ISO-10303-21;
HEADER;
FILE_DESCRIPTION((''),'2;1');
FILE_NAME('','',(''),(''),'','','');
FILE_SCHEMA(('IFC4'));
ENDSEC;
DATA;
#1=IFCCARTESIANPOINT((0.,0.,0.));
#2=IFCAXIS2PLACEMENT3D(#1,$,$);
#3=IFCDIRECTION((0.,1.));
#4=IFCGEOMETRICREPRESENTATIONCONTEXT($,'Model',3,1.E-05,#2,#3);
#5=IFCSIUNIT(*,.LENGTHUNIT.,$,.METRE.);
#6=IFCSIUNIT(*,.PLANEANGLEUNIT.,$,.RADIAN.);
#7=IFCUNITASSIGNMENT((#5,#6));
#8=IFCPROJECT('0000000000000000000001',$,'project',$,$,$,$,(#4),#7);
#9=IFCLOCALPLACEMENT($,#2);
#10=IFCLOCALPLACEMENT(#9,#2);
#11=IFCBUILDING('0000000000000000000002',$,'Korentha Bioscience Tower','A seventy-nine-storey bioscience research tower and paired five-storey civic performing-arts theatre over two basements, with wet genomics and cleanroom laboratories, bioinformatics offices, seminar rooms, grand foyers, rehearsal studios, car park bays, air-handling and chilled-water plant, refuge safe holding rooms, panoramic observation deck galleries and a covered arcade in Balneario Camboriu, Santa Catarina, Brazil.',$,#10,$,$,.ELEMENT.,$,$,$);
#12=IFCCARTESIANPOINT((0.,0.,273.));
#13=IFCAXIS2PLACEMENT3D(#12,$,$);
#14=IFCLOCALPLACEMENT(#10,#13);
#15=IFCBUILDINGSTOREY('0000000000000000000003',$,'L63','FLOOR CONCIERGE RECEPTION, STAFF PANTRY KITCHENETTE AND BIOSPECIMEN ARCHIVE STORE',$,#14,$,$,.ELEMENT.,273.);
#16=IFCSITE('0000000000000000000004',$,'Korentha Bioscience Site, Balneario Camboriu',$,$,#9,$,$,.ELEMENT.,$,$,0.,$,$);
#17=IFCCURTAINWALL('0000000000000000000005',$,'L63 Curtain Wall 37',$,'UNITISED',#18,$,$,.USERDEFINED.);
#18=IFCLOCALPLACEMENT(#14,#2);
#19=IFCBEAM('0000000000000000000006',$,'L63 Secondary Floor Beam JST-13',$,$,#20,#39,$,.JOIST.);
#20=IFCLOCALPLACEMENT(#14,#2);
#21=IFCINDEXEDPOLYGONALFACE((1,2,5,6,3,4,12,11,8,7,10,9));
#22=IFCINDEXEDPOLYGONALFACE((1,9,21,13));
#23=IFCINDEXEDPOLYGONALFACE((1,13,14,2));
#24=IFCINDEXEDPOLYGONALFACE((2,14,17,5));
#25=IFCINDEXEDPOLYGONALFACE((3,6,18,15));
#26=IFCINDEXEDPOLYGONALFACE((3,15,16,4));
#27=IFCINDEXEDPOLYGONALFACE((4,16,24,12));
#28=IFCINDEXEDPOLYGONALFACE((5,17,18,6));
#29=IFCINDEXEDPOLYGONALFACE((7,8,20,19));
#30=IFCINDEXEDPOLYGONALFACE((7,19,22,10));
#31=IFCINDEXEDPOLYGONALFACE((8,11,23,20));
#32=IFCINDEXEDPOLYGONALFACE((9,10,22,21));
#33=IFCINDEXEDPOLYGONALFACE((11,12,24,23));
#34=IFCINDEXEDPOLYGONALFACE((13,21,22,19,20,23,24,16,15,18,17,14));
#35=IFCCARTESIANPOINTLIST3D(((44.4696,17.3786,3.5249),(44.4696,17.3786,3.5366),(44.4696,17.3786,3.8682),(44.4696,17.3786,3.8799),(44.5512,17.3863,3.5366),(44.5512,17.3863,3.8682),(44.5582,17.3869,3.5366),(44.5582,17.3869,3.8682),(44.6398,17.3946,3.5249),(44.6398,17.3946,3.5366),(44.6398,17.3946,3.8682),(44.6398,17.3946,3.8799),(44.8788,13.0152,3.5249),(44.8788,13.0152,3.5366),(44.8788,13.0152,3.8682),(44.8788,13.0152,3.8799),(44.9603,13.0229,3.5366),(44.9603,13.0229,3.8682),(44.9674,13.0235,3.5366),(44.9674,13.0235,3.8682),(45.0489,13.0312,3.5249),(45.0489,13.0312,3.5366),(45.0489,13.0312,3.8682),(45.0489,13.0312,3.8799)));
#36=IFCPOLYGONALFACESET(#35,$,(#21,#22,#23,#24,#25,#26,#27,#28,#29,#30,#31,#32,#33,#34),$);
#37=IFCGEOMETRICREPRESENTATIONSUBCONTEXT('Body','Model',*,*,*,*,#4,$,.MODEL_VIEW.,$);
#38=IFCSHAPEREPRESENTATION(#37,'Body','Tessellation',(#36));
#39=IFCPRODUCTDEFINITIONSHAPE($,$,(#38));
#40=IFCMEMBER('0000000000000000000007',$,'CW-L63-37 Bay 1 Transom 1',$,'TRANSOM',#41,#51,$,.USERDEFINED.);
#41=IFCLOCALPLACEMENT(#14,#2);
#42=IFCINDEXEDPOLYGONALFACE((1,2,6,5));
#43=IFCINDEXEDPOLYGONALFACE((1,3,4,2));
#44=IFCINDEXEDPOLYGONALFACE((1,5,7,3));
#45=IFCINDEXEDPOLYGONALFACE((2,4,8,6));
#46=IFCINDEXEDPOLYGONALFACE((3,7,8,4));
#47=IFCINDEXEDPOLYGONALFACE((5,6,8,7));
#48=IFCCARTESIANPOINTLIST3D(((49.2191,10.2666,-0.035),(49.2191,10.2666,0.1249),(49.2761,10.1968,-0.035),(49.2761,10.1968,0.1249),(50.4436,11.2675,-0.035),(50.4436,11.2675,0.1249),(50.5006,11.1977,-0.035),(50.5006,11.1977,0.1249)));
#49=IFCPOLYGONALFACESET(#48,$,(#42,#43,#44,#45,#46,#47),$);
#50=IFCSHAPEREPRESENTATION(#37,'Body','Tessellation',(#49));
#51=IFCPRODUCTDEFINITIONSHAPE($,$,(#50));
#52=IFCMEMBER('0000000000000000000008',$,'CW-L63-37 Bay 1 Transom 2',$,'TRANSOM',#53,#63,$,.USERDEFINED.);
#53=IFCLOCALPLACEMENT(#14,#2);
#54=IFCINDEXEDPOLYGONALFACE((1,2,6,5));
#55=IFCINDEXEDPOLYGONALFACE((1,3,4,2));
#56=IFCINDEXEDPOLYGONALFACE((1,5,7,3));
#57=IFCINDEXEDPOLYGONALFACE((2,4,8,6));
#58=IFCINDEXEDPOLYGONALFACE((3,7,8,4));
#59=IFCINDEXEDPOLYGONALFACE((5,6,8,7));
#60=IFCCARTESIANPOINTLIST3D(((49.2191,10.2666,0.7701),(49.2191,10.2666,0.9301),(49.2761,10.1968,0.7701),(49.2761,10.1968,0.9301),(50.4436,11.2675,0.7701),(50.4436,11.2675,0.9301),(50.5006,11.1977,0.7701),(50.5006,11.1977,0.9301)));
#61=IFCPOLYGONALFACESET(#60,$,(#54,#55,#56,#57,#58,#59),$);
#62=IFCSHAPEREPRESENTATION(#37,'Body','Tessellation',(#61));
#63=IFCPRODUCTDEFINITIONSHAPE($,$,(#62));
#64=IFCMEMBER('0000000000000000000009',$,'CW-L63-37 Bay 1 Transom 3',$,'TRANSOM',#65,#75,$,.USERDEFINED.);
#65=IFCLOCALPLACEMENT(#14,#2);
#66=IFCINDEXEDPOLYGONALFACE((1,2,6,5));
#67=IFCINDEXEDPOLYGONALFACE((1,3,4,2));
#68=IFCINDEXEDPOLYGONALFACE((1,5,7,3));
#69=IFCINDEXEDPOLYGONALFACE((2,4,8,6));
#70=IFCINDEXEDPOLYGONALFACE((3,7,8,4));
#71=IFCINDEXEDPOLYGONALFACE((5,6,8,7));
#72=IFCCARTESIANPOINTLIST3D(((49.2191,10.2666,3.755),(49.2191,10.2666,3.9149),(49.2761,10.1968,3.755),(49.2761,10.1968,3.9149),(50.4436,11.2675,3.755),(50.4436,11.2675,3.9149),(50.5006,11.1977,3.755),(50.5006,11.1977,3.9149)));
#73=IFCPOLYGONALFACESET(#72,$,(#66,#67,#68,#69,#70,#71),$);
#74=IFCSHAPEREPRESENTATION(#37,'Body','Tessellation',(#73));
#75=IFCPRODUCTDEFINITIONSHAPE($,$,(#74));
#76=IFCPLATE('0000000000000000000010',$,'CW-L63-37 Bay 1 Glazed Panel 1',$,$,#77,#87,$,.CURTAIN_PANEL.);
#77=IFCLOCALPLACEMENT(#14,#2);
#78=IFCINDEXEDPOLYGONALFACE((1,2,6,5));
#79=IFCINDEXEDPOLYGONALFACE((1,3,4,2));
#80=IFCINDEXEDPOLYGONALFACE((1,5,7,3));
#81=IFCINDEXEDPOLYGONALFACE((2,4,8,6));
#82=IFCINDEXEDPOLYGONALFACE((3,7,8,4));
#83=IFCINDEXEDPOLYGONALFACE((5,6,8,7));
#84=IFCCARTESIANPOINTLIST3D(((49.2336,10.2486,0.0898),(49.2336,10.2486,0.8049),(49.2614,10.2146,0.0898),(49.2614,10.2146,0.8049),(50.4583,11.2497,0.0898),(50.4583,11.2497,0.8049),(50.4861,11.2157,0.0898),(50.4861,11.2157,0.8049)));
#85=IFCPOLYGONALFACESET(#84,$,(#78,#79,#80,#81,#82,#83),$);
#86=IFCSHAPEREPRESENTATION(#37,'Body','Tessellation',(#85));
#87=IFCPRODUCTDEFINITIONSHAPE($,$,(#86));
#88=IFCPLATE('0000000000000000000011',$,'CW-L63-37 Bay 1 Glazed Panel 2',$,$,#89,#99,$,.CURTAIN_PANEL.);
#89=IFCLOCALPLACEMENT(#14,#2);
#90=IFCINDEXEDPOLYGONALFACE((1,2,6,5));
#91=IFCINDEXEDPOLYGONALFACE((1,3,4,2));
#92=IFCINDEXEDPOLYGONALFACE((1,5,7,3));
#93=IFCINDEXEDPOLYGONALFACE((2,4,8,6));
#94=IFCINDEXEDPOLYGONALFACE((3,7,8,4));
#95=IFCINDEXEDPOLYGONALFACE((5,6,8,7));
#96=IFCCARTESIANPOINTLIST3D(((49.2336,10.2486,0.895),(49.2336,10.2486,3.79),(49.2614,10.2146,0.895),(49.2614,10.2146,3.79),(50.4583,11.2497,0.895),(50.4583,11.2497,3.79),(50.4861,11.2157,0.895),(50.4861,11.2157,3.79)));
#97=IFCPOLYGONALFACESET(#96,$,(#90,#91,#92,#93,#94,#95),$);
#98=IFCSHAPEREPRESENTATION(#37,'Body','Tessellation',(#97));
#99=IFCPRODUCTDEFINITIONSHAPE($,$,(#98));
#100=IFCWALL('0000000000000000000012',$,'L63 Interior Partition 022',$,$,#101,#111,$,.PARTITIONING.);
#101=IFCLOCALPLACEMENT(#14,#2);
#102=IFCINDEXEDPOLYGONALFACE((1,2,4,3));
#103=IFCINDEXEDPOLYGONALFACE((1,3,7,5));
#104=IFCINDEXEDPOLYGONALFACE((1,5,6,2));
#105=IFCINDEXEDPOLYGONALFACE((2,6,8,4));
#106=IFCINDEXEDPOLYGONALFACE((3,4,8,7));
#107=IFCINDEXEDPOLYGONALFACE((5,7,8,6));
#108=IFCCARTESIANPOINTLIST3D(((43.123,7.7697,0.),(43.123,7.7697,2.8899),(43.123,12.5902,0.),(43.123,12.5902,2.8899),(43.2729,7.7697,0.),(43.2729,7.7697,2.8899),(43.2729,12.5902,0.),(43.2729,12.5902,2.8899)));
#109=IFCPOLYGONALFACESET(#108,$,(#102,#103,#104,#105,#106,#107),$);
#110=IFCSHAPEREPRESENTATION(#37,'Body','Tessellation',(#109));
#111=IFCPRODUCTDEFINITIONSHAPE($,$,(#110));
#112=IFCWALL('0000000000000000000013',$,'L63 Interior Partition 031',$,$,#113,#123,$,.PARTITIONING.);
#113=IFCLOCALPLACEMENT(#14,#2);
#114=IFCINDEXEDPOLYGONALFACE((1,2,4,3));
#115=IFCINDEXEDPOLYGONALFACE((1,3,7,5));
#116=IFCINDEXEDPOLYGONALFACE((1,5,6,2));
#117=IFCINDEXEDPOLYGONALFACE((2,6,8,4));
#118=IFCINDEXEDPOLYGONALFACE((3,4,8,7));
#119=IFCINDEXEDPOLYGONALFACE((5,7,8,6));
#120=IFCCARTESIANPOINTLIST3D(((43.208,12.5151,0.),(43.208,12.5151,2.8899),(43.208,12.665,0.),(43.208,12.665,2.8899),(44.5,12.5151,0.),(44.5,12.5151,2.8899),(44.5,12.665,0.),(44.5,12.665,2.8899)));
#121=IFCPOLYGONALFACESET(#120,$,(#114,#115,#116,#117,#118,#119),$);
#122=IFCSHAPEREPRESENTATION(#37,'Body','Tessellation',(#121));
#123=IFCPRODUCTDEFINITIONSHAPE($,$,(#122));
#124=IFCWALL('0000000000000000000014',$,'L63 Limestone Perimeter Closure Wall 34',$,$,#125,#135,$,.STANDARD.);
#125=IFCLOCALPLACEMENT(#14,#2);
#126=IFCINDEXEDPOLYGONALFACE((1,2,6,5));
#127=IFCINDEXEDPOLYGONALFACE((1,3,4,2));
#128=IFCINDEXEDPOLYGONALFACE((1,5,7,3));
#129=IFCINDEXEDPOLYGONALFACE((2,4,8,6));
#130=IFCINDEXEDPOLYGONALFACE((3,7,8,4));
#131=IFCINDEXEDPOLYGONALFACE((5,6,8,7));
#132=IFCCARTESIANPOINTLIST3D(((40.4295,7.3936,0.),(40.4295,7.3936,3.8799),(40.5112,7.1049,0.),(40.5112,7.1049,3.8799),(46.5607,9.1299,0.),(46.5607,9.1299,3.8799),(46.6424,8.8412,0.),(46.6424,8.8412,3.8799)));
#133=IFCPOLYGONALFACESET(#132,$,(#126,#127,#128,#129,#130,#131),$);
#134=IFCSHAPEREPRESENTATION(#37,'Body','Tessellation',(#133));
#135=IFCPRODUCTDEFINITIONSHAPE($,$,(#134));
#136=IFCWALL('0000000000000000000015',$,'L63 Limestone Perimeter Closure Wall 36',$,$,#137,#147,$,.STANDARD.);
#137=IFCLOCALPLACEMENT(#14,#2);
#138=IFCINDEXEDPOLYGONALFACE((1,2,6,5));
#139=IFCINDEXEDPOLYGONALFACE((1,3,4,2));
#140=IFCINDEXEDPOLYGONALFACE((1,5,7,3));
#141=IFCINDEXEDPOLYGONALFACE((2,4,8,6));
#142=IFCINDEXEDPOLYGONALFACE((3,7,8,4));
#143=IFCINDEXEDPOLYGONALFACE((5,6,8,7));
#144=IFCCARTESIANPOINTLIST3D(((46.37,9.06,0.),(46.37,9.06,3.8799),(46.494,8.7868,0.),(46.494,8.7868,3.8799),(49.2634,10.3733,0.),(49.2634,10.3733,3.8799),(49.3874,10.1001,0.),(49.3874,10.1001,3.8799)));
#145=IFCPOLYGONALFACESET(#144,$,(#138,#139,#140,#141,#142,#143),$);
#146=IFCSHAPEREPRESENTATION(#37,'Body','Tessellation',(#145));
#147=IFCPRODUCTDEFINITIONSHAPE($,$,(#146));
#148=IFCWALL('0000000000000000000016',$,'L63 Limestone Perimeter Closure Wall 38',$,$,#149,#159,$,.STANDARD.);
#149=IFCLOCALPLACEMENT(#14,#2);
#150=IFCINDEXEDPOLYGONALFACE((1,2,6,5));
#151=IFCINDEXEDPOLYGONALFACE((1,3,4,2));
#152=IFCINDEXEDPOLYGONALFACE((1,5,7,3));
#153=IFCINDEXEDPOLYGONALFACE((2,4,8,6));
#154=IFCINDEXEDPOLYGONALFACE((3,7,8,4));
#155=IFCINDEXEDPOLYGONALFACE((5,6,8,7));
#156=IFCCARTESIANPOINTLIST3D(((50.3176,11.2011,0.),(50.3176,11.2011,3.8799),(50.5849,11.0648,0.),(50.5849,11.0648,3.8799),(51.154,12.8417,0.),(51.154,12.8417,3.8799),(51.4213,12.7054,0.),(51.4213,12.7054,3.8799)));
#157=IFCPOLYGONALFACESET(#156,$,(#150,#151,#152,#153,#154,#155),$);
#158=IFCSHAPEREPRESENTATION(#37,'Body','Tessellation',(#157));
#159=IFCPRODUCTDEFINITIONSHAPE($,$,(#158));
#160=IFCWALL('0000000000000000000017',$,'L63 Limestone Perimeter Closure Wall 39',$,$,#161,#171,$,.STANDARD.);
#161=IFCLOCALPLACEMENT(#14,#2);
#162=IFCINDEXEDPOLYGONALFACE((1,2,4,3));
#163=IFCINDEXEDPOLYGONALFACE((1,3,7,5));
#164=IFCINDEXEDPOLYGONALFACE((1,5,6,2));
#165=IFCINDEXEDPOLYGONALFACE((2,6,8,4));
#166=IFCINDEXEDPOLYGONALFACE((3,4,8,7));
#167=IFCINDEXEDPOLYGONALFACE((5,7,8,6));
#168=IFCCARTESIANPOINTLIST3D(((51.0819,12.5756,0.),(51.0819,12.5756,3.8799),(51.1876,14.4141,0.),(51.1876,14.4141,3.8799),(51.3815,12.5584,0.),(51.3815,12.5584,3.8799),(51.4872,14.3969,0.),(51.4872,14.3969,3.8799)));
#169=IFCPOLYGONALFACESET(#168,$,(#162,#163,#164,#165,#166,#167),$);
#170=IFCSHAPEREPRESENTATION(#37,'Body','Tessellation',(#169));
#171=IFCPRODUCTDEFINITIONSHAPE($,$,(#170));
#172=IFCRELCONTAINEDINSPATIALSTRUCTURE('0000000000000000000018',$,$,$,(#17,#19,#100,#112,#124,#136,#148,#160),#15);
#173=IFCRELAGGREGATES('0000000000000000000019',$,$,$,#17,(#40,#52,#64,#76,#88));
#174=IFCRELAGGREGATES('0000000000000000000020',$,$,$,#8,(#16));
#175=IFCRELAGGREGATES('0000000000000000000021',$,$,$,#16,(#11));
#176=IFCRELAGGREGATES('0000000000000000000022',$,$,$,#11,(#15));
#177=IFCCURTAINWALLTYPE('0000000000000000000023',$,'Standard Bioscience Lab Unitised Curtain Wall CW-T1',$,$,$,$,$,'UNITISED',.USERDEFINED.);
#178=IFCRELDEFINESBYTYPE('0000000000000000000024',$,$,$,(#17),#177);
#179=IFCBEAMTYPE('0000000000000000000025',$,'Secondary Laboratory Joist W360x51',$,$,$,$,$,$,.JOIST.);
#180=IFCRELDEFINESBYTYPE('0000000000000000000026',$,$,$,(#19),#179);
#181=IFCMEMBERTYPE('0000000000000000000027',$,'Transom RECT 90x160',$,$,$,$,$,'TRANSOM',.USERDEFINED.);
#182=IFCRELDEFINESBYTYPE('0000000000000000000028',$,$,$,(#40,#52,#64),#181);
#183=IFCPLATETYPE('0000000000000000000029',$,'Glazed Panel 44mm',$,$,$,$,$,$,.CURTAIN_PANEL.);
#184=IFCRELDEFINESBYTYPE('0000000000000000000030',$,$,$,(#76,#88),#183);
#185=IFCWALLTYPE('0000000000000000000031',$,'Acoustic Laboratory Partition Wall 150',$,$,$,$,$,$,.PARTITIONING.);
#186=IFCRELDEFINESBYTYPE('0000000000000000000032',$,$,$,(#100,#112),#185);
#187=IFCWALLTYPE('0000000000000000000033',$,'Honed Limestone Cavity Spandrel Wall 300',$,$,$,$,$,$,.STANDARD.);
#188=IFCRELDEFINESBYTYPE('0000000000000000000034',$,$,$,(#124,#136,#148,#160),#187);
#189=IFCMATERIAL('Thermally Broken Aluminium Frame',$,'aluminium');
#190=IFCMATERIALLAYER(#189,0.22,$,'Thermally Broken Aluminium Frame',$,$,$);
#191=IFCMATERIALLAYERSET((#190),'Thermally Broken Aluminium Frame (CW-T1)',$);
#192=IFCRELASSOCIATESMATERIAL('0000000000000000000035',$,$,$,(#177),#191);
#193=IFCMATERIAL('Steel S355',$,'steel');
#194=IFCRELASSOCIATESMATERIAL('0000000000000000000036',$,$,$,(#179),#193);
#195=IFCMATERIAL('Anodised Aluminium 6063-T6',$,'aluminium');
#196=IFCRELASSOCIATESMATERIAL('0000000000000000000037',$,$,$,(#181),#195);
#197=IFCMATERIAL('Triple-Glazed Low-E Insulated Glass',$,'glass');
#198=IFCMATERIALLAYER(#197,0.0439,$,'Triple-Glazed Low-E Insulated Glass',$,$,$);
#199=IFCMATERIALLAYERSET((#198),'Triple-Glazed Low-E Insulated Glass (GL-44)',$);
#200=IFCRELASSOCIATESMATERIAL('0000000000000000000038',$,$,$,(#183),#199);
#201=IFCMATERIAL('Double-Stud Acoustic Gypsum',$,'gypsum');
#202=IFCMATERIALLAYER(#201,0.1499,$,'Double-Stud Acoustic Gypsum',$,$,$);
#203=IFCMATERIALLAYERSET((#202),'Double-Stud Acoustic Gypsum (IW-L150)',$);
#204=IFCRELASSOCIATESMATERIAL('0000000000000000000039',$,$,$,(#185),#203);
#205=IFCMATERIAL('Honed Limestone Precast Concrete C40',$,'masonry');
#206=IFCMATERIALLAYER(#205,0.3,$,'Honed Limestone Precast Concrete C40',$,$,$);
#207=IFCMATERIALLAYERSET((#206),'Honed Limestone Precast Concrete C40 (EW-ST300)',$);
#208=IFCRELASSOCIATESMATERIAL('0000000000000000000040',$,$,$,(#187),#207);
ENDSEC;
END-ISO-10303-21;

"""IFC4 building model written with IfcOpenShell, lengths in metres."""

from ifc_helpers import new_model, si_unit, direction, frame, frame_2d, origin, origin_2d, place, context, subcontext, project, spatial, rectangle, i_section, extrude, material, layer, layer_set, material_profile, profile_set, type_object, element, aggregate, save


model = new_model("IFC4")

# Units and contexts
model_context = context("Model", 3, precision=1e-05, world=origin(), true_north=direction((0.0, 1.0)))
body_context = subcontext(model_context, "Body", "Model", "MODEL_VIEW")
ifc_project = project(units=[si_unit("LENGTHUNIT", "METRE"), si_unit("PLANEANGLEUNIT", "RADIAN")], contexts=[model_context])

# Site, building, storey
site_placement = place(None, origin())
site = spatial("IfcSite", under=ifc_project, at=site_placement, Name="Korentha Bioscience Site, Balneario Camboriu", CompositionType="ELEMENT", RefElevation=0.0)
building_placement = place(site_placement, origin())
building = spatial("IfcBuilding", under=site, at=building_placement, Name="Korentha Bioscience Tower", Description="A seventy-nine-storey bioscience research tower and paired five-storey civic performing-arts theatre over two basements, with wet genomics and cleanroom laboratories, bioinformatics offices, seminar rooms, grand foyers, rehearsal studios, car park bays, air-handling and chilled-water plant, refuge safe holding rooms, panoramic observation deck galleries and a covered arcade in Balneario Camboriu, Santa Catarina, Brazil.", CompositionType="ELEMENT")
storey_placement = place(building_placement, frame((0.0, 0.0, 273.0)))
storey = spatial("IfcBuildingStorey", under=building, at=storey_placement, Name="L63", Description="FLOOR CONCIERGE RECEPTION, STAFF PANTRY KITCHENETTE AND BIOSPECIMEN ARCHIVE STORE", CompositionType="ELEMENT", Elevation=273.0)

# Curtain wall
ifc_material_1 = material(Name="Thermally Broken Aluminium Frame", Category="aluminium")
ifc_layer_1 = layer(ifc_material_1, 0.22, Name="Thermally Broken Aluminium Frame")
ifc_layer_set_1 = layer_set([ifc_layer_1], Name="Thermally Broken Aluminium Frame (CW-T1)")
curtain_wall_type = type_object("IfcCurtainWallType", Name="Standard Bioscience Lab Unitised Curtain Wall CW-T1", ElementType="UNITISED", PredefinedType="USERDEFINED", material=ifc_layer_set_1)
curtain_wall_placement = place(storey_placement, origin())
curtain_wall = element("IfcCurtainWall", 1, at=curtain_wall_placement, inside=storey, type_object=curtain_wall_type, Name="L63 Curtain Wall 37", ObjectType="UNITISED", PredefinedType="USERDEFINED")
ifc_material_2 = material(Name="Anodised Aluminium 6063-T6", Category="aluminium")

# Beam
ifc_material_3 = material(Name="Steel S355", Category="steel")
ifc_material_profile_1 = material_profile(ifc_material_3, i_section(OverallWidth=0.1709, OverallDepth=0.355, WebThickness=0.0071, FlangeThickness=0.0117, at=origin_2d()), Name="Steel S355")
ifc_profile_set_1 = profile_set([ifc_material_profile_1], Name="Steel S355 (JB-360)")
beam_type_1 = type_object("IfcBeamType", Name="Secondary Laboratory Joist W360x51", PredefinedType="JOIST", material=ifc_profile_set_1)
beam_1_placement = place(storey_placement, frame((44.9639, 13.0232, 3.7024), z_axis=(-0.093363, 0.995632, 0.0), x_axis=(-0.995632, -0.093363, 0.0)))
element("IfcBeam", 2, at=beam_1_placement, inside=storey, type_object=beam_type_1, Name="L63 Secondary Floor Beam JST-13", PredefinedType="JOIST", context=body_context, shape_type="SweptSolid", body=[
    extrude(i_section(OverallWidth=0.1709, OverallDepth=0.355, WebThickness=0.0071, FlangeThickness=0.0117, at=origin_2d()), origin(), (0.0, 0.0, 1.0), 4.3826),
])

# Members
ifc_material_profile_2 = material_profile(ifc_material_2, rectangle(XDim=0.0901, YDim=0.1599, at=origin_2d()), Name="Anodised Aluminium 6063-T6")
ifc_profile_set_2 = profile_set([ifc_material_profile_2], Name="Anodised Aluminium 6063-T6 (CW-TRN)")
member_type_1 = type_object("IfcMemberType", Name="Transom RECT 90x160", ElementType="TRANSOM", PredefinedType="USERDEFINED", material=ifc_profile_set_2)
member_1_placement = place(storey_placement, frame((49.2476, 10.2317, 0.0449), z_axis=(0.77426, 0.632868, 0.0), x_axis=(-0.632868, 0.77426, 0.0)))
member_1 = element("IfcMember", 3, at=member_1_placement, type_object=member_type_1, Name="CW-L63-37 Bay 1 Transom 1", ObjectType="TRANSOM", PredefinedType="USERDEFINED", context=body_context, shape_type="SweptSolid", body=[
    extrude(rectangle(XDim=0.0901, YDim=0.1599, at=origin_2d()), origin(), (0.0, 0.0, 1.0), 1.5815),
])
member_2_placement = place(storey_placement, frame((49.2476, 10.2317, 0.8501), z_axis=(0.77426, 0.632868, 0.0), x_axis=(-0.632868, 0.77426, 0.0)))
member_2 = element("IfcMember", 4, at=member_2_placement, type_object=member_type_1, Name="CW-L63-37 Bay 1 Transom 2", ObjectType="TRANSOM", PredefinedType="USERDEFINED", context=body_context, shape_type="SweptSolid", body=[
    extrude(rectangle(XDim=0.0901, YDim=0.1599, at=origin_2d()), origin(), (0.0, 0.0, 1.0), 1.5815),
])
member_3_placement = place(storey_placement, frame((49.2476, 10.2317, 3.835), z_axis=(0.77426, 0.632868, 0.0), x_axis=(-0.632868, 0.77426, 0.0)))
member_3 = element("IfcMember", 5, at=member_3_placement, type_object=member_type_1, Name="CW-L63-37 Bay 1 Transom 3", ObjectType="TRANSOM", PredefinedType="USERDEFINED", context=body_context, shape_type="SweptSolid", body=[
    extrude(rectangle(XDim=0.0901, YDim=0.1599, at=origin_2d()), origin(), (0.0, 0.0, 1.0), 1.5815),
])

# Plates
ifc_material_4 = material(Name="Triple-Glazed Low-E Insulated Glass", Category="glass")
ifc_layer_2 = layer(ifc_material_4, 0.0439, Name="Triple-Glazed Low-E Insulated Glass")
ifc_layer_set_2 = layer_set([ifc_layer_2], Name="Triple-Glazed Low-E Insulated Glass (GL-44)")
plate_type = type_object("IfcPlateType", Name="Glazed Panel 44mm", PredefinedType="CURTAIN_PANEL", material=ifc_layer_set_2)
plate_1_placement = place(storey_placement, frame((49.8599, 10.7322, 0.0898), z_axis=(0.0, 0.0, 1.0), x_axis=(0.774235, 0.632898, 0.0)))
plate_1 = element("IfcPlate", 6, at=plate_1_placement, type_object=plate_type, Name="CW-L63-37 Bay 1 Glazed Panel 1", PredefinedType="CURTAIN_PANEL", context=body_context, shape_type="SweptSolid", body=[
    extrude(rectangle(XDim=1.5818, YDim=0.0439, at=origin_2d()), origin(), (0.0, 0.0, 1.0), 0.7151),
])
plate_2_placement = place(storey_placement, frame((49.8599, 10.7322, 0.895), z_axis=(0.0, 0.0, 1.0), x_axis=(0.774235, 0.632898, 0.0)))
plate_2 = element("IfcPlate", 7, at=plate_2_placement, type_object=plate_type, Name="CW-L63-37 Bay 1 Glazed Panel 2", PredefinedType="CURTAIN_PANEL", context=body_context, shape_type="SweptSolid", body=[
    extrude(rectangle(XDim=1.5818, YDim=0.0439, at=origin_2d()), origin(), (0.0, 0.0, 1.0), 2.895),
])
aggregate(curtain_wall, [member_1, member_2, member_3, plate_1, plate_2])

# Shared definitions
ifc_material_5 = material(Name="Double-Stud Acoustic Gypsum", Category="gypsum")
ifc_layer_3 = layer(ifc_material_5, 0.1499, Name="Double-Stud Acoustic Gypsum")
ifc_layer_set_3 = layer_set([ifc_layer_3], Name="Double-Stud Acoustic Gypsum (IW-L150)")
wall_type_1 = type_object("IfcWallType", Name="Acoustic Laboratory Partition Wall 150", PredefinedType="PARTITIONING", material=ifc_layer_set_3)

# Walls
wall_1_placement = place(storey_placement, frame((43.198, 12.5901, 0.0), z_axis=(0.0, 0.0, 1.0), x_axis=(0.0, -1.0, 0.0)))
element("IfcWall", 8, at=wall_1_placement, inside=storey, type_object=wall_type_1, Name="L63 Interior Partition 022", PredefinedType="PARTITIONING", context=body_context, shape_type="SweptSolid", body=[
    extrude(rectangle(XDim=4.8206, YDim=0.1499, at=frame_2d((2.4102, 0.0))), origin(), (0.0, 0.0, 1.0), 2.8899),
])
wall_2_placement = place(storey_placement, frame((43.208, 12.5901, 0.0), z_axis=(0.0, 0.0, 1.0), x_axis=(1.0, 0.0, 0.0)))
element("IfcWall", 9, at=wall_2_placement, inside=storey, type_object=wall_type_1, Name="L63 Interior Partition 031", PredefinedType="PARTITIONING", context=body_context, shape_type="SweptSolid", body=[
    extrude(rectangle(XDim=1.292, YDim=0.1499, at=frame_2d((0.646, 0.0))), origin(), (0.0, 0.0, 1.0), 2.8899),
])
ifc_material_6 = material(Name="Honed Limestone Precast Concrete C40", Category="masonry")
ifc_layer_4 = layer(ifc_material_6, 0.3, Name="Honed Limestone Precast Concrete C40")
ifc_layer_set_4 = layer_set([ifc_layer_4], Name="Honed Limestone Precast Concrete C40 (EW-ST300)")
wall_type_2 = type_object("IfcWallType", Name="Honed Limestone Cavity Spandrel Wall 300", PredefinedType="STANDARD", material=ifc_layer_set_4)
wall_3_placement = place(storey_placement, frame((40.4705, 7.2493, 0.0), z_axis=(0.0, 0.0, 1.0), x_axis=(0.96216, 0.272484, 0.0)))
element("IfcWall", 10, at=wall_3_placement, inside=storey, type_object=wall_type_2, Name="L63 Limestone Perimeter Closure Wall 34", PredefinedType="STANDARD", context=body_context, shape_type="SweptSolid", body=[
    extrude(rectangle(XDim=6.3723, YDim=0.3, at=frame_2d((3.186, 0.0))), origin(), (0.0, 0.0, 1.0), 3.8799),
])
wall_4_placement = place(storey_placement, frame((46.4319, 8.9233, 0.0), z_axis=(0.0, 0.0, 1.0), x_axis=(0.910593, 0.413305, 0.0)))
element("IfcWall", 11, at=wall_4_placement, inside=storey, type_object=wall_type_2, Name="L63 Limestone Perimeter Closure Wall 36", PredefinedType="STANDARD", context=body_context, shape_type="SweptSolid", body=[
    extrude(rectangle(XDim=3.1775, YDim=0.3, at=frame_2d((1.5889, 0.0))), origin(), (0.0, 0.0, 1.0), 3.8799),
])
for number, where, z_axis, x_axis, name in (
    (12, (50.4512, 11.1328, 0.0), (0.0, 0.0, 1.0), (0.4542, 0.8909, 0.0), "L63 Limestone Perimeter Closure Wall 38"),
    (13, (51.2317, 12.5669, 0.0), (0.0, 0.0, 1.0), (0.057401, 0.998351, 0.0), "L63 Limestone Perimeter Closure Wall 39"),
):
    element("IfcWall", number, at=place(storey_placement, frame(where, z_axis=z_axis, x_axis=x_axis)), inside=storey, type_object=wall_type_2, Name=name, PredefinedType="STANDARD", context=body_context, shape_type="SweptSolid", body=[
        extrude(rectangle(XDim=1.8416, YDim=0.3, at=frame_2d((0.9209, 0.0))), origin(), (0.0, 0.0, 1.0), 3.8799),
    ])

save(model, "model.ifc")
